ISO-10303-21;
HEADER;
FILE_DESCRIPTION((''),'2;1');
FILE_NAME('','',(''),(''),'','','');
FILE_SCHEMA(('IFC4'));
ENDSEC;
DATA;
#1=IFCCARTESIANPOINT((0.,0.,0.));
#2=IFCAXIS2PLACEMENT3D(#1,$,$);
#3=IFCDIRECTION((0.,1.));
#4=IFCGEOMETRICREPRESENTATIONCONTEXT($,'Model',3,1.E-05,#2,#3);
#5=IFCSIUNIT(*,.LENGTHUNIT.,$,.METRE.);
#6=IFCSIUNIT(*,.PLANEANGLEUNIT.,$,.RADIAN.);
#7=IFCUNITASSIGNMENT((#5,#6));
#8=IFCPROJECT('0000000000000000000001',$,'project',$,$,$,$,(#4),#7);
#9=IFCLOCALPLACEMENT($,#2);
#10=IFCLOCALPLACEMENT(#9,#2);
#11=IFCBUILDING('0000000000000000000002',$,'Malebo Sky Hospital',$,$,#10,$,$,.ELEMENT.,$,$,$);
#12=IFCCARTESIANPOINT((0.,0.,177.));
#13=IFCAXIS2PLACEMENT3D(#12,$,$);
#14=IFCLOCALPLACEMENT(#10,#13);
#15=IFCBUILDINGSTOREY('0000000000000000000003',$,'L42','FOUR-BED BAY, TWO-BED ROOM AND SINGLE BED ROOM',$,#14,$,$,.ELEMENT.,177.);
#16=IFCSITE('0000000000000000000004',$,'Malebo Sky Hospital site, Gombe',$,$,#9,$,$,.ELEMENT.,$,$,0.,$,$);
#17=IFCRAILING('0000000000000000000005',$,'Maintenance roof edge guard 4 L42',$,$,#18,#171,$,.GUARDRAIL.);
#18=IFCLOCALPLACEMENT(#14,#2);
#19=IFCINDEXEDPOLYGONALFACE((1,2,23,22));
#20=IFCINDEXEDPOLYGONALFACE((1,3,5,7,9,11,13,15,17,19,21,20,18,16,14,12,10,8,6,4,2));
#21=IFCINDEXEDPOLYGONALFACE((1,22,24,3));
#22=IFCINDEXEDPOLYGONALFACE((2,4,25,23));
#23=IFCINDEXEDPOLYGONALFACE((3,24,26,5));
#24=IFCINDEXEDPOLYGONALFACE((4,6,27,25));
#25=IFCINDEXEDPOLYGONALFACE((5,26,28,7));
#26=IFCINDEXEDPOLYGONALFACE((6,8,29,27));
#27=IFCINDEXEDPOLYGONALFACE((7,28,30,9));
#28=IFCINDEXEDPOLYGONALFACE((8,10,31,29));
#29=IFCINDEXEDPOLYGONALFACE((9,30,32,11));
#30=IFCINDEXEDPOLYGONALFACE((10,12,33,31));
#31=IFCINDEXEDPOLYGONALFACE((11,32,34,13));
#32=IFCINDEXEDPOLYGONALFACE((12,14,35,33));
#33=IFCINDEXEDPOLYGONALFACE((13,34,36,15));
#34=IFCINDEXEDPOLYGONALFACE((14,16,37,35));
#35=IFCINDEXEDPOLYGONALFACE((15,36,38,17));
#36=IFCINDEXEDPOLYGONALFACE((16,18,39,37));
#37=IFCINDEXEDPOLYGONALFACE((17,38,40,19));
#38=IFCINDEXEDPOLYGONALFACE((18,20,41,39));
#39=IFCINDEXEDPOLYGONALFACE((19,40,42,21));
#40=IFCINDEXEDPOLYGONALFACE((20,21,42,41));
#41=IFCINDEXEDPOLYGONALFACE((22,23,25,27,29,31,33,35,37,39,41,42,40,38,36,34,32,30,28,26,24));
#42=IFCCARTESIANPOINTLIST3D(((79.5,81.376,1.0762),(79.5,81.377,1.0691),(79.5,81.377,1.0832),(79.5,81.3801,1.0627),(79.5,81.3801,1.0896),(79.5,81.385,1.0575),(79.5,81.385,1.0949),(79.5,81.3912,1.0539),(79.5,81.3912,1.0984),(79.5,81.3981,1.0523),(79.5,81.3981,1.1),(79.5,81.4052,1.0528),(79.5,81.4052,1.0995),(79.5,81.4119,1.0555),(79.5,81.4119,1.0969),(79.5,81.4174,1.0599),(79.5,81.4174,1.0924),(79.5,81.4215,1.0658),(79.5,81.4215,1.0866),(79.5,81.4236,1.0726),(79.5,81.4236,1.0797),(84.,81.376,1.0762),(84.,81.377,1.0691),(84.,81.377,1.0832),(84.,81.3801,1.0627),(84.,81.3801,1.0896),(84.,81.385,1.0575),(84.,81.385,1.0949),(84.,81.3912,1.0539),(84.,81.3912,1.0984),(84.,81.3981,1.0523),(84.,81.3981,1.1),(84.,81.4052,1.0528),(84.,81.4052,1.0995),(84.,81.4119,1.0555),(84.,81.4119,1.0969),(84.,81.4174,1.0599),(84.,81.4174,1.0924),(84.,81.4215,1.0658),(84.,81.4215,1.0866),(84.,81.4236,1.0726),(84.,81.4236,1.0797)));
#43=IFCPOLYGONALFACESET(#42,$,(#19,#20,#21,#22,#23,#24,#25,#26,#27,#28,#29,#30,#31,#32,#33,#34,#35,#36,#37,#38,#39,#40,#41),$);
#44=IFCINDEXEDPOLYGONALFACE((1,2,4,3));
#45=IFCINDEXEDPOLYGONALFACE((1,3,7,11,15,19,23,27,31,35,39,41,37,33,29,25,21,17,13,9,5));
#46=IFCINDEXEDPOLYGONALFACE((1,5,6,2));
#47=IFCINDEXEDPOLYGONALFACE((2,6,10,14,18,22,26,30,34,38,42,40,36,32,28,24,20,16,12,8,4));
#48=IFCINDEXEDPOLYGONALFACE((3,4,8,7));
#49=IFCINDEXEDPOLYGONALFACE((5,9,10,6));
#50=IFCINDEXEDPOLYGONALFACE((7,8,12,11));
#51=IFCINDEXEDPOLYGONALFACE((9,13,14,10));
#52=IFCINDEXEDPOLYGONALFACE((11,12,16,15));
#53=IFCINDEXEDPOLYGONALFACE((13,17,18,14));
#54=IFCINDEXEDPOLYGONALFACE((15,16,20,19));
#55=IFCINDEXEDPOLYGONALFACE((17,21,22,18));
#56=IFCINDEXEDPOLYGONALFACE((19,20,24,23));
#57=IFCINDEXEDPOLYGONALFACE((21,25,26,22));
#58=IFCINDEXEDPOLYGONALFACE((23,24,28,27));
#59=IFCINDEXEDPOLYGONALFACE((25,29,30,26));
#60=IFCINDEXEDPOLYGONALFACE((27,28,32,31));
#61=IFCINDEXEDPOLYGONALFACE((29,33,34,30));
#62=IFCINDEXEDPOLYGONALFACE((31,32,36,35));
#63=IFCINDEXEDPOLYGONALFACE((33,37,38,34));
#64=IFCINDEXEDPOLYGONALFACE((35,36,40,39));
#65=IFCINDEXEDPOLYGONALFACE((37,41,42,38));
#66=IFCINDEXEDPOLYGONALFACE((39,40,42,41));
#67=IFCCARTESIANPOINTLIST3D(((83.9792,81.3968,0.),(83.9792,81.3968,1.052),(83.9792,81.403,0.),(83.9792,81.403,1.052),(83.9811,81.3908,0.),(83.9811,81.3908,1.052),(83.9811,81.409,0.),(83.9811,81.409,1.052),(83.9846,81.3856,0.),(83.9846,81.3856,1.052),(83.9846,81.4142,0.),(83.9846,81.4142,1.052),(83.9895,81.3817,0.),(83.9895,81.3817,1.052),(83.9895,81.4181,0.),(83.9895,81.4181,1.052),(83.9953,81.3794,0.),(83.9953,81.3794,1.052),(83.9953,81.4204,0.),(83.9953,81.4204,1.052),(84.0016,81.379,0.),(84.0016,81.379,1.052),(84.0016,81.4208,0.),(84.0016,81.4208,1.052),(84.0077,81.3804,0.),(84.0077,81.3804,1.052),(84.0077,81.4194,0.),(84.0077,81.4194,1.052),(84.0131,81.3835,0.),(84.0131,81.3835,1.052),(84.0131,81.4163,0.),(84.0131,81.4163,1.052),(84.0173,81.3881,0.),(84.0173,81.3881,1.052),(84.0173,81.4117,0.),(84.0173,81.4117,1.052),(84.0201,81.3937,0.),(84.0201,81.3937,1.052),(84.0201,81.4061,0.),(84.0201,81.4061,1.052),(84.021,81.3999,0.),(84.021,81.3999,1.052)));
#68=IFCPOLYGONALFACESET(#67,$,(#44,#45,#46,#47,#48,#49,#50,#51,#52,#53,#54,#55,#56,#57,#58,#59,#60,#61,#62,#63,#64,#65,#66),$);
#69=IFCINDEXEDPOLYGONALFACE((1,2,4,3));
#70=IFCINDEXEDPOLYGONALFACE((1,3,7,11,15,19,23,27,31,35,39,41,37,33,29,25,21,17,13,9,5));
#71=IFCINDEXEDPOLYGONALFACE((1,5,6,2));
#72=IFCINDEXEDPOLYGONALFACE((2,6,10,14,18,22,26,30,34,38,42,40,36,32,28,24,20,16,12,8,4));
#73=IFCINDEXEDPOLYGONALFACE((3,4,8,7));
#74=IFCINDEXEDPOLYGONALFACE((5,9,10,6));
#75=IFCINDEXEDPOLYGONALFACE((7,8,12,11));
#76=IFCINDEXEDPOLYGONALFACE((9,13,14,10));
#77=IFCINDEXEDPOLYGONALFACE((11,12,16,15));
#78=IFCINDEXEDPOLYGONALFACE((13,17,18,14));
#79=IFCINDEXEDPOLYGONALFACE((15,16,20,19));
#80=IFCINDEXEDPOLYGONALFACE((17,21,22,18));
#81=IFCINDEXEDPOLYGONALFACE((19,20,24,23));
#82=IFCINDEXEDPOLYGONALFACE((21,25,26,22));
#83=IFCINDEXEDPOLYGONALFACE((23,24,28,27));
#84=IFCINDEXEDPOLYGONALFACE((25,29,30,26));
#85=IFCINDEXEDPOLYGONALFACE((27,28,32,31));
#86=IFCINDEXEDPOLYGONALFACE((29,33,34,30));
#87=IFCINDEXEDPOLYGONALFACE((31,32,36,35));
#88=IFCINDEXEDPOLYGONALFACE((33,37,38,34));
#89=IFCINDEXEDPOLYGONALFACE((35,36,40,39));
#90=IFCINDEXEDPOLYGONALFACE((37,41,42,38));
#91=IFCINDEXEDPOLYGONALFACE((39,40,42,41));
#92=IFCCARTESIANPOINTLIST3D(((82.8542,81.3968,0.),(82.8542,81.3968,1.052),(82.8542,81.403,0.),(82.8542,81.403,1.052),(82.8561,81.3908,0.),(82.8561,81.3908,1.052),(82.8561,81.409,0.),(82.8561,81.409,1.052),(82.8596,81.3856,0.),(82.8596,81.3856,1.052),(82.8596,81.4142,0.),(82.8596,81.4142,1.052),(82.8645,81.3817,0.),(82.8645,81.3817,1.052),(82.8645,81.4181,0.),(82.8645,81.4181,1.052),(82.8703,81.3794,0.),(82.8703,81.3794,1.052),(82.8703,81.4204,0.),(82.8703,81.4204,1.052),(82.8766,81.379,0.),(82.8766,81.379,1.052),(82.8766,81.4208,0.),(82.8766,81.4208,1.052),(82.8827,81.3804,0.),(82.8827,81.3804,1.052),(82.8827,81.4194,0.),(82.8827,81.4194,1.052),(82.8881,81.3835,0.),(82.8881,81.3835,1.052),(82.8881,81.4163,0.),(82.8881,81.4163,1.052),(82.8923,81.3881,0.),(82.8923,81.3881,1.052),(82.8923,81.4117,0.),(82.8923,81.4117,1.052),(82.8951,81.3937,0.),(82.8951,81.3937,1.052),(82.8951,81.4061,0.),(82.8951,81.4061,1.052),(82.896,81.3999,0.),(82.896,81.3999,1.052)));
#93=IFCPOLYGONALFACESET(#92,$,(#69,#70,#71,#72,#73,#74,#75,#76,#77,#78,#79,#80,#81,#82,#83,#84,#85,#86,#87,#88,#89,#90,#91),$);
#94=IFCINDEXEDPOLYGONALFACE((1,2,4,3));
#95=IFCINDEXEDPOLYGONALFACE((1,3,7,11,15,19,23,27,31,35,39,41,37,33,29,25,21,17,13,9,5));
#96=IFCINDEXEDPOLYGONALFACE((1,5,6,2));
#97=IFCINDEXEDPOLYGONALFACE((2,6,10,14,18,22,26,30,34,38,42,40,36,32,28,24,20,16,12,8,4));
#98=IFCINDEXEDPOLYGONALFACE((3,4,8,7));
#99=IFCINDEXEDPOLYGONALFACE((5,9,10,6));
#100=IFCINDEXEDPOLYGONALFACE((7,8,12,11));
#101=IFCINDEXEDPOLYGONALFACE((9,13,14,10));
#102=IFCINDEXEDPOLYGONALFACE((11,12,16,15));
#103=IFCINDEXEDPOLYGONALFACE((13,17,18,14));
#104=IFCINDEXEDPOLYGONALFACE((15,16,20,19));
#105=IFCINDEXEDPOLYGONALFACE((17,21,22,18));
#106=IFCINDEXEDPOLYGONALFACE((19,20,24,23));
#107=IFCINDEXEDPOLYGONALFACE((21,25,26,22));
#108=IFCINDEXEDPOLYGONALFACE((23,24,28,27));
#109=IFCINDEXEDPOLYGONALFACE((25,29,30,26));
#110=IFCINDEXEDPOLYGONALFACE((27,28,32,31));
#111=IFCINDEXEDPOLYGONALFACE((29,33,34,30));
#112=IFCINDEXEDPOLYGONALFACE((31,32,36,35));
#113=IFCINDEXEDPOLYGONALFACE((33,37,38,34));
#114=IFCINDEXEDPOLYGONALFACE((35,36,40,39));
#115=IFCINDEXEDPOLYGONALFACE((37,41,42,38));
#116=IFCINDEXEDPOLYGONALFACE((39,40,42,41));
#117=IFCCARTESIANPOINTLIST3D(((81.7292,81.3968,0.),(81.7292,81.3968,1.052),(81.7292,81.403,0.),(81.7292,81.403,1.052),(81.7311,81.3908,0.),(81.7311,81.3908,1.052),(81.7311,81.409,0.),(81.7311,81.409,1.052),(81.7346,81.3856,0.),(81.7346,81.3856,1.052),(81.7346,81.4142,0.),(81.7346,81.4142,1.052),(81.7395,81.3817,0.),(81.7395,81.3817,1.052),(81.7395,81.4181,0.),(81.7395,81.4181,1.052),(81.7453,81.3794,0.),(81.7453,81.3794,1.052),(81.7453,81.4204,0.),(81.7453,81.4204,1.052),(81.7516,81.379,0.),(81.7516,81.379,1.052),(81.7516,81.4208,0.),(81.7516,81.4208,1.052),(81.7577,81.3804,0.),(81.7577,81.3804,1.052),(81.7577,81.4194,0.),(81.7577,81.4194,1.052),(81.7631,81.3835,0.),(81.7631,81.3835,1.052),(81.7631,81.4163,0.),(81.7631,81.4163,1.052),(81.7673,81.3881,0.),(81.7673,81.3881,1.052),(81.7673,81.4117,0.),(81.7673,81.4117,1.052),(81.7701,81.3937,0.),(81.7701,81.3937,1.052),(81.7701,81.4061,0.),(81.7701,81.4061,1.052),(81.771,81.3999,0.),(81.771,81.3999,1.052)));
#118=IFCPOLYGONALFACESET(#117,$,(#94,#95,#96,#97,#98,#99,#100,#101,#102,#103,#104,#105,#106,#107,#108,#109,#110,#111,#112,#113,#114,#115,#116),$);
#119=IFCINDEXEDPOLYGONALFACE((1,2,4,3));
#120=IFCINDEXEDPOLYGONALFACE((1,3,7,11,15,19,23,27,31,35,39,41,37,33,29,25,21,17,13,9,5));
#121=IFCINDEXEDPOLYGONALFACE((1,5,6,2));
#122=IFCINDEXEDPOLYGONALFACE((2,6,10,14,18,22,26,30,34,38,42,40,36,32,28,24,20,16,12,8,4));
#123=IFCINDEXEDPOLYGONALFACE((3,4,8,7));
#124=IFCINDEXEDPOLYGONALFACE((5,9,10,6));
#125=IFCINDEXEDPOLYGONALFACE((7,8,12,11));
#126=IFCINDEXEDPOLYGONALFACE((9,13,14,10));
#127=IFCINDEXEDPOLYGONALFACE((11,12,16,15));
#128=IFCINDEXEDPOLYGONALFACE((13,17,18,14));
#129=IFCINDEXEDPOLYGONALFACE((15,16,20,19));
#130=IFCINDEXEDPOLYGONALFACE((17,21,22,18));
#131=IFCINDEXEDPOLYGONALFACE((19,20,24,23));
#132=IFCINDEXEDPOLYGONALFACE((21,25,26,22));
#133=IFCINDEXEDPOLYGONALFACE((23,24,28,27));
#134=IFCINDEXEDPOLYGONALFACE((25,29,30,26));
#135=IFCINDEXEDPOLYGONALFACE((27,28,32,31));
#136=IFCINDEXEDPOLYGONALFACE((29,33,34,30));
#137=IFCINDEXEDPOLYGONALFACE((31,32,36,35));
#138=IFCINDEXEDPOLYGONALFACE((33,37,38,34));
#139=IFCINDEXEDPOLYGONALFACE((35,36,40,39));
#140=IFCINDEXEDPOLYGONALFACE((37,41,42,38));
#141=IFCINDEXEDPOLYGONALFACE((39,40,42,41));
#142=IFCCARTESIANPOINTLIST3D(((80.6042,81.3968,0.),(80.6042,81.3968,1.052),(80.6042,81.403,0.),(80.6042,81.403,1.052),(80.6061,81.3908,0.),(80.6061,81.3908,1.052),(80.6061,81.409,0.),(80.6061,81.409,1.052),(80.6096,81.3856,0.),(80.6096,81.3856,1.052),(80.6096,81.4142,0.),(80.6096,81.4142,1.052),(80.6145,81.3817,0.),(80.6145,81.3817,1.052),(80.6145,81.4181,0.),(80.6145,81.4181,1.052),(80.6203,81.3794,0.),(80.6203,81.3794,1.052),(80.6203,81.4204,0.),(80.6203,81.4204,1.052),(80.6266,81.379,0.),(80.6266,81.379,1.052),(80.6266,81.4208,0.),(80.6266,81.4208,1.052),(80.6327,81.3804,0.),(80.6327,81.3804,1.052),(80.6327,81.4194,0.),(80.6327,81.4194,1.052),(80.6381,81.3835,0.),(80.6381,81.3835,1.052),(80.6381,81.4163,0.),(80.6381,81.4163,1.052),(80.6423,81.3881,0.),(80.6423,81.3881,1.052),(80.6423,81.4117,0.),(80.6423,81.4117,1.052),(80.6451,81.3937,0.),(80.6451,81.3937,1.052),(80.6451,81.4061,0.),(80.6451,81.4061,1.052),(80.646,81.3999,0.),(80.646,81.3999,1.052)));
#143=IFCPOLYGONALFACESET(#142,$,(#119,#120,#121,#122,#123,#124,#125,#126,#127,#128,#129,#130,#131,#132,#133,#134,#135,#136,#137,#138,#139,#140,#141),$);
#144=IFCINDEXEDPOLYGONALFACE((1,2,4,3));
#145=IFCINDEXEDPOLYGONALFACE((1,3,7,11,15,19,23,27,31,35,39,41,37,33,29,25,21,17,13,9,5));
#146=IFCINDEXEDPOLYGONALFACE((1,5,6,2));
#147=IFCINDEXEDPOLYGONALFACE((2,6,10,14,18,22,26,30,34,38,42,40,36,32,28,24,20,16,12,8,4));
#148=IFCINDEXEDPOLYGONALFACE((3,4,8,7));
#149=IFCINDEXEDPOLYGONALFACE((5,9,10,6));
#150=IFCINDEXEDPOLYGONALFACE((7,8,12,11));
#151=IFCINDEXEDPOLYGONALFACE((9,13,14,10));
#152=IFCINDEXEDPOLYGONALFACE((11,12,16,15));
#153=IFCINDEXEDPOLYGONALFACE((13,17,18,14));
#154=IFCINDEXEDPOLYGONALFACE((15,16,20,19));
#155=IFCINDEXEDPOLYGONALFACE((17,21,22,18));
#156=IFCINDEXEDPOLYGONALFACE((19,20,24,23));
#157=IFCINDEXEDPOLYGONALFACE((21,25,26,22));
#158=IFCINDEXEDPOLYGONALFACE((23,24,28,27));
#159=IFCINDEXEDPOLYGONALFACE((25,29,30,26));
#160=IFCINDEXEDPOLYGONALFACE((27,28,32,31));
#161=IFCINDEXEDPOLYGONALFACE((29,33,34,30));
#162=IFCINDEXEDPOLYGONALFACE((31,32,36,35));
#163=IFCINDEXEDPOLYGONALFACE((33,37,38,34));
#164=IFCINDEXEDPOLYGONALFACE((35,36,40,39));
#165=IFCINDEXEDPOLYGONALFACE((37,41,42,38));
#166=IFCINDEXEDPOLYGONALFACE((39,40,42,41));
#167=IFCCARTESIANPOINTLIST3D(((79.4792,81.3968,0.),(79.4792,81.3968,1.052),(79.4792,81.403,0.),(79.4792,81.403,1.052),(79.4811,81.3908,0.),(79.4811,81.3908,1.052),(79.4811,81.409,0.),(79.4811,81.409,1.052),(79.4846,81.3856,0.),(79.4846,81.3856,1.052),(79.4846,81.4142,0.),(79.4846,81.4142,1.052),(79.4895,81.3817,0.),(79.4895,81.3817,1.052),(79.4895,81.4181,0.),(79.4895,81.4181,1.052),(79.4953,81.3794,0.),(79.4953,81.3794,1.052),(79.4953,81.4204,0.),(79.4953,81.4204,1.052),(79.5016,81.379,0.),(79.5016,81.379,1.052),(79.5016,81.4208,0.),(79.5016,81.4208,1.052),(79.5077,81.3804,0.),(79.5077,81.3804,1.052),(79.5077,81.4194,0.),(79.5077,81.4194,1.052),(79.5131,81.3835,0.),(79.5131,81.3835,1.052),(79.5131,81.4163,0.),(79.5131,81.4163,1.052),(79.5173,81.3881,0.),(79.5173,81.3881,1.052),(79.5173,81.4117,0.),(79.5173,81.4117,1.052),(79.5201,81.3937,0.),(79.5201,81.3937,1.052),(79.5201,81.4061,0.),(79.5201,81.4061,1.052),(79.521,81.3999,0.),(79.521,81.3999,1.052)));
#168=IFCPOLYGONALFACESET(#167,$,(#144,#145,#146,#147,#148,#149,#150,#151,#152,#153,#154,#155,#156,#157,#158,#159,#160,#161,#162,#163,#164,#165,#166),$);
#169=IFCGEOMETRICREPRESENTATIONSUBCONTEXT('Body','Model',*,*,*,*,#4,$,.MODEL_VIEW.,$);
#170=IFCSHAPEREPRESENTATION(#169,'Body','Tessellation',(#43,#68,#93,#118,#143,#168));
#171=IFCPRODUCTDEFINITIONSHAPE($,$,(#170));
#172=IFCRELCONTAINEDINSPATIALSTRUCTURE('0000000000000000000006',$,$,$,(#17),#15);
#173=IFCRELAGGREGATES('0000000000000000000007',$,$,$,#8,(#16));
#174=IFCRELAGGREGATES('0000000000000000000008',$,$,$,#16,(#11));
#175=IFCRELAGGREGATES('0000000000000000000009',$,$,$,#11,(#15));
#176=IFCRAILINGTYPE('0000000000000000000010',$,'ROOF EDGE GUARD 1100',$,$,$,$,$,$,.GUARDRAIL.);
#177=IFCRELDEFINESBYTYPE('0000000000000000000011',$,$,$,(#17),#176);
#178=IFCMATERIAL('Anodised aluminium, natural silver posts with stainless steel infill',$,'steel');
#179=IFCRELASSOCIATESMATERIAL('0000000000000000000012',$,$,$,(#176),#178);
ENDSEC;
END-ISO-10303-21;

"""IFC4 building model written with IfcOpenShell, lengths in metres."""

from ifc_helpers import new_model, si_unit, direction, frame, origin, origin_2d, place, context, subcontext, project, spatial, circle, extrude, material, type_object, element, save


model = new_model("IFC4")

# Units and contexts
model_context = context("Model", 3, precision=1e-05, world=origin(), true_north=direction((0.0, 1.0)))
body_context = subcontext(model_context, "Body", "Model", "MODEL_VIEW")
ifc_project = project(units=[si_unit("LENGTHUNIT", "METRE"), si_unit("PLANEANGLEUNIT", "RADIAN")], contexts=[model_context])

# Site, building, storey
site_placement = place(None, origin())
site = spatial("IfcSite", under=ifc_project, at=site_placement, Name="Malebo Sky Hospital site, Gombe", CompositionType="ELEMENT", RefElevation=0.0)
building_placement = place(site_placement, origin())
building = spatial("IfcBuilding", under=site, at=building_placement, Name="Malebo Sky Hospital", CompositionType="ELEMENT")
storey_placement = place(building_placement, frame((0.0, 0.0, 177.0)))
storey = spatial("IfcBuildingStorey", under=building, at=storey_placement, Name="L42", Description="FOUR-BED BAY, TWO-BED ROOM AND SINGLE BED ROOM", CompositionType="ELEMENT", Elevation=177.0)

# Railing
ifc_material_1 = material(Name="Anodised aluminium, natural silver posts with stainless steel infill", Category="steel")
railing_type = type_object("IfcRailingType", Name="ROOF EDGE GUARD 1100", PredefinedType="GUARDRAIL", material=ifc_material_1)
railing_1_placement = place(storey_placement, frame((84.0, 81.3999, 0.0)))
element("IfcRailing", 1, at=railing_1_placement, inside=storey, type_object=railing_type, Name="Maintenance roof edge guard 4 L42", PredefinedType="GUARDRAIL", context=body_context, shape_type="SweptSolid", body=[
    extrude(circle(Radius=0.0239, at=origin_2d()), frame((0.0, 0.0, 1.0762), z_axis=(-1.0, 0.0, 0.0), x_axis=(0.0, -1.0, 0.0)), (0.0, 0.0, 1.0), 4.5),
    extrude(circle(Radius=0.021, at=origin_2d()), origin(), (0.0, 0.0, 1.0), 1.052),
    extrude(circle(Radius=0.021, at=origin_2d()), frame((-1.125, 0.0, 0.0)), (0.0, 0.0, 1.0), 1.052),
    extrude(circle(Radius=0.021, at=origin_2d()), frame((-2.25, 0.0, 0.0)), (0.0, 0.0, 1.0), 1.052),
    extrude(circle(Radius=0.021, at=origin_2d()), frame((-3.375, 0.0, 0.0)), (0.0, 0.0, 1.0), 1.052),
    extrude(circle(Radius=0.021, at=origin_2d()), frame((-4.5, 0.0, 0.0)), (0.0, 0.0, 1.0), 1.052),
])

save(model, "model.ifc")
